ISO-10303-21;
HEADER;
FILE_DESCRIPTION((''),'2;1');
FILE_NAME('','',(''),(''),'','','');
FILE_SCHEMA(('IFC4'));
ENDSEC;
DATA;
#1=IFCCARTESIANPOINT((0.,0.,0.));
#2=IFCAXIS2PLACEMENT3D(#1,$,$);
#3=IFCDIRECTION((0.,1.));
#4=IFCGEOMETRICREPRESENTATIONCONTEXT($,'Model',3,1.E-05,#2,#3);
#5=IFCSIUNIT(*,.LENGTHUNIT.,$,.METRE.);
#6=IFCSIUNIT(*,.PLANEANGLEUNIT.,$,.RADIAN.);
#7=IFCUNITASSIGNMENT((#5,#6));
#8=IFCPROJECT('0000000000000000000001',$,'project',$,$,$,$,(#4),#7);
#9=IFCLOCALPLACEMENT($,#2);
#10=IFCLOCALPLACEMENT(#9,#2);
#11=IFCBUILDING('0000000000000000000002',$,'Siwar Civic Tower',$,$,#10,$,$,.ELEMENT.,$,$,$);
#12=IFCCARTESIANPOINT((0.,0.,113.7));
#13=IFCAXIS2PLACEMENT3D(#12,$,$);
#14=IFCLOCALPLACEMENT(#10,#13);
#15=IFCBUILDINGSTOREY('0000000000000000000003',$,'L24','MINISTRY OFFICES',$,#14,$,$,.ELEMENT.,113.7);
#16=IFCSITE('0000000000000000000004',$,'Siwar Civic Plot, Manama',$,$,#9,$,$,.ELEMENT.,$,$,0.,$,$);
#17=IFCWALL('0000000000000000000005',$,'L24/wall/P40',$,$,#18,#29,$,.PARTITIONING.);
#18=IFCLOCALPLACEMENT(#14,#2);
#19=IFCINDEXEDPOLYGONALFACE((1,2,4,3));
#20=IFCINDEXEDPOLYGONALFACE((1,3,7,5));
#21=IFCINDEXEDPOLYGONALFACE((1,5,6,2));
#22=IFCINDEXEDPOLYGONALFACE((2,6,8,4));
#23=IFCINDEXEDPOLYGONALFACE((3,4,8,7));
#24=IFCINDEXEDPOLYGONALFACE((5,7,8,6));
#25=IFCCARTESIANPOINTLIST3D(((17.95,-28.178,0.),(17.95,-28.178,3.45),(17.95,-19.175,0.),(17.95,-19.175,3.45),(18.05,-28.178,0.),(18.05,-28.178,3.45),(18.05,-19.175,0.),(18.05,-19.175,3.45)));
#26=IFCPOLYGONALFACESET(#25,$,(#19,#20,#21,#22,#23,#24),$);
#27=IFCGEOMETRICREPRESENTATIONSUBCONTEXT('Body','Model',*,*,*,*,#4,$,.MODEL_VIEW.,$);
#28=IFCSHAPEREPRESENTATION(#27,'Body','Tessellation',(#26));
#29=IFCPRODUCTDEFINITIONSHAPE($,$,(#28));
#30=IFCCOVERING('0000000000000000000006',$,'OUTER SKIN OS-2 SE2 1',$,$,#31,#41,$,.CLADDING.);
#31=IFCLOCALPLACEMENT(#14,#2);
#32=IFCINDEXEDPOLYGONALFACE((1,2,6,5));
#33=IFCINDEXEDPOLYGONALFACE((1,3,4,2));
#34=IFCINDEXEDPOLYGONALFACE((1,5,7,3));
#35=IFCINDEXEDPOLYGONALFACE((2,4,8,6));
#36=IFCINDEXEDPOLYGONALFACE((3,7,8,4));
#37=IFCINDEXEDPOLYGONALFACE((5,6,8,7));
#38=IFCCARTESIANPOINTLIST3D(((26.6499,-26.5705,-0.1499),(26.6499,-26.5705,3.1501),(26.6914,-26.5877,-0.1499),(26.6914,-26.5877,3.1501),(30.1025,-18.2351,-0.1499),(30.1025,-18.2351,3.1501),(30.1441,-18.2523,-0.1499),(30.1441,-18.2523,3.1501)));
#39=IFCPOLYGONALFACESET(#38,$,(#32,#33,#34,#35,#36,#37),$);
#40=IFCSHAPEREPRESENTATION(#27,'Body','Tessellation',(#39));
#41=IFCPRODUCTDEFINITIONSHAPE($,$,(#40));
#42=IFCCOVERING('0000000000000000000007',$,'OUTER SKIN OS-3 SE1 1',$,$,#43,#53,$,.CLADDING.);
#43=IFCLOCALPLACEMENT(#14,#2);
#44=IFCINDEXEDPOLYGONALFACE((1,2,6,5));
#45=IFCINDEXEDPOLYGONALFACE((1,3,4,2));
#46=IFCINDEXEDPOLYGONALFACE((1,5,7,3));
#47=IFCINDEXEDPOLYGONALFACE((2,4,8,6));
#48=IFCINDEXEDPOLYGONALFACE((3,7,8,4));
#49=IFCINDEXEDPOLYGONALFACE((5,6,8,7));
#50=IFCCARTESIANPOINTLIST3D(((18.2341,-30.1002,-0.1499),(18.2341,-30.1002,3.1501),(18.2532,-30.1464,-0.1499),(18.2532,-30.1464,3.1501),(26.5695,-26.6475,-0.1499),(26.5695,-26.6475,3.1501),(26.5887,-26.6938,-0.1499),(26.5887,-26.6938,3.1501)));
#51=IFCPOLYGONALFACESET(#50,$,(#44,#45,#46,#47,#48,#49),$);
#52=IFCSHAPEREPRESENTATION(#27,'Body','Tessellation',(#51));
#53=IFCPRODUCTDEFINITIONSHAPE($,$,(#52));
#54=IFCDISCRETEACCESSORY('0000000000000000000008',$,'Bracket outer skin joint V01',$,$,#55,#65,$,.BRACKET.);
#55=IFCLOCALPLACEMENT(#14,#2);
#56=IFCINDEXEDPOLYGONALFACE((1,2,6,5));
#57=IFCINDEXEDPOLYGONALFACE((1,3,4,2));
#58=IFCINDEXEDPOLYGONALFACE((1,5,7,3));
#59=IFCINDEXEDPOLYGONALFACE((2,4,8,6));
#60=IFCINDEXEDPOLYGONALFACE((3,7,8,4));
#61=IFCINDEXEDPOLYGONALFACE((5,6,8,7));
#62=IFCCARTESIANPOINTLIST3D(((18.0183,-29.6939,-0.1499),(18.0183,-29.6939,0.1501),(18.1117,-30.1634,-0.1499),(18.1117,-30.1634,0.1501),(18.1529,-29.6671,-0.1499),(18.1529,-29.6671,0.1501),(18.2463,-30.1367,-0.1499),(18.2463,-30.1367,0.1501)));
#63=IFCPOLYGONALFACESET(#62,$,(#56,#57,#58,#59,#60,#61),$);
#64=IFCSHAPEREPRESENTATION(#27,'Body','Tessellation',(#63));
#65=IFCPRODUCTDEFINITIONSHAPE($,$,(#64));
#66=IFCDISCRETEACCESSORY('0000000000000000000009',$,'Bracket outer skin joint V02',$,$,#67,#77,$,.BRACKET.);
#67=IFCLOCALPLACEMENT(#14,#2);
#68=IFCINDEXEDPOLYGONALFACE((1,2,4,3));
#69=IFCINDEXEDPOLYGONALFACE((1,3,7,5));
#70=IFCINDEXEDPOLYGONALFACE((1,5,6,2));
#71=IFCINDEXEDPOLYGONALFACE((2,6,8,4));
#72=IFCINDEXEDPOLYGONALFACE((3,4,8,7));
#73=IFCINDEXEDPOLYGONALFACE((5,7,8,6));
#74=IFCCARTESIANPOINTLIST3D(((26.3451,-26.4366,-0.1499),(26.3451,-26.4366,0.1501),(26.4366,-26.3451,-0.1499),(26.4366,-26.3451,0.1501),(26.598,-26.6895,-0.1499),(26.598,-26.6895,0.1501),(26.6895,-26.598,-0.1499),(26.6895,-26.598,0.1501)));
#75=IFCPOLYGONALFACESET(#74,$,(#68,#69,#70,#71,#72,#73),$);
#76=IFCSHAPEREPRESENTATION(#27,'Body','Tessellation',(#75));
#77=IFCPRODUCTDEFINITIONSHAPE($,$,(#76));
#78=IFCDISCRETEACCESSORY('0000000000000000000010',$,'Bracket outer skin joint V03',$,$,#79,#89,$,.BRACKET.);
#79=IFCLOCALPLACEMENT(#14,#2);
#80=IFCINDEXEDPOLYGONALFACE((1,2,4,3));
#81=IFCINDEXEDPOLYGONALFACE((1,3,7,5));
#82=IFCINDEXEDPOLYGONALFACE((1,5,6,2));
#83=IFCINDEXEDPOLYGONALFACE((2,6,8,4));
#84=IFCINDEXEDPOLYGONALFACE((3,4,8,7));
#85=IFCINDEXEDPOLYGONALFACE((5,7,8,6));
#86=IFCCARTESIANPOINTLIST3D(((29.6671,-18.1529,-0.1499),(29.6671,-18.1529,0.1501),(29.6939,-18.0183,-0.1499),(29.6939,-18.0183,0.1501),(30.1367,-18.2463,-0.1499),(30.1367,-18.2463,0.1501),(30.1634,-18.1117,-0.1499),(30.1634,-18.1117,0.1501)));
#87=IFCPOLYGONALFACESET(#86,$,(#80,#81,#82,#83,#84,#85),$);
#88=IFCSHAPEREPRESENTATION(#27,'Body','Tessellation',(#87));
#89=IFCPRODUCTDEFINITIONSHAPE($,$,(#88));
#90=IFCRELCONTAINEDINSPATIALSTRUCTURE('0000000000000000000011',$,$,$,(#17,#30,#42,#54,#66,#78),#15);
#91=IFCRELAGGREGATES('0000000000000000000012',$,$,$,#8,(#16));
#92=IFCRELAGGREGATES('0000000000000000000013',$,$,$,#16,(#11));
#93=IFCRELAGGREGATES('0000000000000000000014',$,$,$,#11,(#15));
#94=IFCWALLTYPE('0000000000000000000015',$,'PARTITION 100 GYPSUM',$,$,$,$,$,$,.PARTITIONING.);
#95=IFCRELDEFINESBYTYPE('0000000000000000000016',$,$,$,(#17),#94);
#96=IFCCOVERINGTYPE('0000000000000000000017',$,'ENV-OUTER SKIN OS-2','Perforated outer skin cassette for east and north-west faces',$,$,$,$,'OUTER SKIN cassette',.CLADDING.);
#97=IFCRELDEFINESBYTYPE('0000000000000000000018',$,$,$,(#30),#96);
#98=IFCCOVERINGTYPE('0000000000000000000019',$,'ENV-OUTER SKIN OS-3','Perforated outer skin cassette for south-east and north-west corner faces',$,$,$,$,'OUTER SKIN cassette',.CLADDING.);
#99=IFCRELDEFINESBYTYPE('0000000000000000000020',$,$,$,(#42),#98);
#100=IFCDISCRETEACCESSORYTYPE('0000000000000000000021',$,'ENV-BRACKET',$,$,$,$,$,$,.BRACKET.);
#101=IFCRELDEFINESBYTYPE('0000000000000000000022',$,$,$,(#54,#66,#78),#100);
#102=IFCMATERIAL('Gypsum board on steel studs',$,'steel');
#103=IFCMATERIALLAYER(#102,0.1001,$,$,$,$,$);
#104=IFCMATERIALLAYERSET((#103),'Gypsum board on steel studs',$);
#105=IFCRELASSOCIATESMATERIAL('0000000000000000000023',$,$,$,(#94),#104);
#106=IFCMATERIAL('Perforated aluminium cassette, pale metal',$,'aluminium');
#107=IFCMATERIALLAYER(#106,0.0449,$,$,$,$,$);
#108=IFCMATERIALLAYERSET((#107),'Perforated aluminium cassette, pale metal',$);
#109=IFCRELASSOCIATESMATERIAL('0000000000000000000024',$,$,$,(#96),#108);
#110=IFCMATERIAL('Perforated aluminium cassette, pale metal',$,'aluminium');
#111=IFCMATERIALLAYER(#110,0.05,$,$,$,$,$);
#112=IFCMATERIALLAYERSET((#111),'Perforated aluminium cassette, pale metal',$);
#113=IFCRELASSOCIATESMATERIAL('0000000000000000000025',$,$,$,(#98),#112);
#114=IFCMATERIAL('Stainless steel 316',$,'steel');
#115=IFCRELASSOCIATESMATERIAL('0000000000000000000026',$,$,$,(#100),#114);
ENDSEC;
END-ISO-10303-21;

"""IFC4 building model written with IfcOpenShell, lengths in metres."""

from ifc_helpers import new_model, si_unit, direction, frame, frame_2d, origin, origin_2d, place, context, subcontext, project, spatial, rectangle, extrude, material, layer, layer_set, type_object, element, save


model = new_model("IFC4")

# Units and contexts
model_context = context("Model", 3, precision=1e-05, world=origin(), true_north=direction((0.0, 1.0)))
body_context = subcontext(model_context, "Body", "Model", "MODEL_VIEW")
ifc_project = project(units=[si_unit("LENGTHUNIT", "METRE"), si_unit("PLANEANGLEUNIT", "RADIAN")], contexts=[model_context])

# Site, building, storey
site_placement = place(None, origin())
site = spatial("IfcSite", under=ifc_project, at=site_placement, Name="Siwar Civic Plot, Manama", CompositionType="ELEMENT", RefElevation=0.0)
building_placement = place(site_placement, origin())
building = spatial("IfcBuilding", under=site, at=building_placement, Name="Siwar Civic Tower", CompositionType="ELEMENT")
storey_placement = place(building_placement, frame((0.0, 0.0, 113.7)))
storey = spatial("IfcBuildingStorey", under=building, at=storey_placement, Name="L24", Description="MINISTRY OFFICES", CompositionType="ELEMENT", Elevation=113.7)

# Wall
ifc_material_1 = material(Name="Gypsum board on steel studs", Category="steel")
ifc_layer_1 = layer(ifc_material_1, 0.1001)
ifc_layer_set_1 = layer_set([ifc_layer_1], Name="Gypsum board on steel studs")
wall_type = type_object("IfcWallType", Name="PARTITION 100 GYPSUM", PredefinedType="PARTITIONING", material=ifc_layer_set_1)
wall_placement = place(storey_placement, frame((18.0, -28.178, 0.0), z_axis=(0.0, 0.0, 1.0), x_axis=(0.0, 1.0, 0.0)))
element("IfcWall", 1, at=wall_placement, inside=storey, type_object=wall_type, Name="L24/wall/P40", PredefinedType="PARTITIONING", context=body_context, shape_type="SweptSolid", body=[
    extrude(rectangle(XDim=9.0029, YDim=0.1001, at=frame_2d((4.5015, 0.0))), origin(), (0.0, 0.0, 1.0), 3.45),
])

# Coverings
ifc_material_2 = material(Name="Perforated aluminium cassette, pale metal", Category="aluminium")
ifc_layer_2 = layer(ifc_material_2, 0.0449)
ifc_layer_set_2 = layer_set([ifc_layer_2], Name="Perforated aluminium cassette, pale metal")
covering_type_1 = type_object("IfcCoveringType", Name="ENV-OUTER SKIN OS-2", Description="Perforated outer skin cassette for east and north-west faces", ElementType="OUTER SKIN cassette", PredefinedType="CLADDING", material=ifc_layer_set_2)
covering_1_placement = place(storey_placement, frame((28.397, -22.4114, -0.1499), z_axis=(0.0, 0.0, 1.0), x_axis=(0.382683, 0.92388, 0.0)))
element("IfcCovering", 2, at=covering_1_placement, inside=storey, type_object=covering_type_1, Name="OUTER SKIN OS-2 SE2 1", PredefinedType="CLADDING", context=body_context, shape_type="SweptSolid", body=[
    extrude(rectangle(XDim=9.0222, YDim=0.0449, at=origin_2d()), origin(), (0.0, 0.0, 1.0), 3.3),
])
ifc_material_3 = material(Name="Perforated aluminium cassette, pale metal", Category="aluminium")
ifc_layer_3 = layer(ifc_material_3, 0.05)
ifc_layer_set_3 = layer_set([ifc_layer_3], Name="Perforated aluminium cassette, pale metal")
covering_type_2 = type_object("IfcCoveringType", Name="ENV-OUTER SKIN OS-3", Description="Perforated outer skin cassette for south-east and north-west corner faces", ElementType="OUTER SKIN cassette", PredefinedType="CLADDING", material=ifc_layer_set_3)
covering_2_placement = place(storey_placement, frame((22.4114, -28.397, -0.1499), z_axis=(0.0, 0.0, 1.0), x_axis=(0.92388, 0.382683, 0.0)))
element("IfcCovering", 3, at=covering_2_placement, inside=storey, type_object=covering_type_2, Name="OUTER SKIN OS-3 SE1 1", PredefinedType="CLADDING", context=body_context, shape_type="SweptSolid", body=[
    extrude(rectangle(XDim=9.0222, YDim=0.05, at=origin_2d()), origin(), (0.0, 0.0, 1.0), 3.3),
])

# Discrete accessories
ifc_material_4 = material(Name="Stainless steel 316", Category="steel")
discrete_accessory_type = type_object("IfcDiscreteAccessoryType", Name="ENV-BRACKET", PredefinedType="BRACKET", material=ifc_material_4)
discrete_accessory_1_placement = place(storey_placement, frame((18.1323, -29.9153, -0.1499), z_axis=(0.0, 0.0, 1.0), x_axis=(0.19509, -0.980785, 0.0)))
element("IfcDiscreteAccessory", 4, at=discrete_accessory_1_placement, inside=storey, type_object=discrete_accessory_type, Name="Bracket outer skin joint V01", PredefinedType="BRACKET", context=body_context, shape_type="SweptSolid", body=[
    extrude(rectangle(XDim=0.4788, YDim=0.1372, at=origin_2d()), origin(), (0.0, 0.0, 1.0), 0.3),
])
discrete_accessory_2_placement = place(storey_placement, frame((26.5173, -26.5173, -0.1499), z_axis=(0.0, 0.0, 1.0), x_axis=(0.707107, -0.707107, 0.0)))
element("IfcDiscreteAccessory", 5, at=discrete_accessory_2_placement, inside=storey, type_object=discrete_accessory_type, Name="Bracket outer skin joint V02", PredefinedType="BRACKET", context=body_context, shape_type="SweptSolid", body=[
    extrude(rectangle(XDim=0.3577, YDim=0.1294, at=origin_2d()), origin(), (0.0, 0.0, 1.0), 0.3),
])
discrete_accessory_3_placement = place(storey_placement, frame((29.9153, -18.1323, -0.1499), z_axis=(0.0, 0.0, 1.0), x_axis=(0.980785, -0.19509, 0.0)))
element("IfcDiscreteAccessory", 6, at=discrete_accessory_3_placement, inside=storey, type_object=discrete_accessory_type, Name="Bracket outer skin joint V03", PredefinedType="BRACKET", context=body_context, shape_type="SweptSolid", body=[
    extrude(rectangle(XDim=0.4788, YDim=0.1372, at=origin_2d()), origin(), (0.0, 0.0, 1.0), 0.3),
])

save(model, "model.ifc")
